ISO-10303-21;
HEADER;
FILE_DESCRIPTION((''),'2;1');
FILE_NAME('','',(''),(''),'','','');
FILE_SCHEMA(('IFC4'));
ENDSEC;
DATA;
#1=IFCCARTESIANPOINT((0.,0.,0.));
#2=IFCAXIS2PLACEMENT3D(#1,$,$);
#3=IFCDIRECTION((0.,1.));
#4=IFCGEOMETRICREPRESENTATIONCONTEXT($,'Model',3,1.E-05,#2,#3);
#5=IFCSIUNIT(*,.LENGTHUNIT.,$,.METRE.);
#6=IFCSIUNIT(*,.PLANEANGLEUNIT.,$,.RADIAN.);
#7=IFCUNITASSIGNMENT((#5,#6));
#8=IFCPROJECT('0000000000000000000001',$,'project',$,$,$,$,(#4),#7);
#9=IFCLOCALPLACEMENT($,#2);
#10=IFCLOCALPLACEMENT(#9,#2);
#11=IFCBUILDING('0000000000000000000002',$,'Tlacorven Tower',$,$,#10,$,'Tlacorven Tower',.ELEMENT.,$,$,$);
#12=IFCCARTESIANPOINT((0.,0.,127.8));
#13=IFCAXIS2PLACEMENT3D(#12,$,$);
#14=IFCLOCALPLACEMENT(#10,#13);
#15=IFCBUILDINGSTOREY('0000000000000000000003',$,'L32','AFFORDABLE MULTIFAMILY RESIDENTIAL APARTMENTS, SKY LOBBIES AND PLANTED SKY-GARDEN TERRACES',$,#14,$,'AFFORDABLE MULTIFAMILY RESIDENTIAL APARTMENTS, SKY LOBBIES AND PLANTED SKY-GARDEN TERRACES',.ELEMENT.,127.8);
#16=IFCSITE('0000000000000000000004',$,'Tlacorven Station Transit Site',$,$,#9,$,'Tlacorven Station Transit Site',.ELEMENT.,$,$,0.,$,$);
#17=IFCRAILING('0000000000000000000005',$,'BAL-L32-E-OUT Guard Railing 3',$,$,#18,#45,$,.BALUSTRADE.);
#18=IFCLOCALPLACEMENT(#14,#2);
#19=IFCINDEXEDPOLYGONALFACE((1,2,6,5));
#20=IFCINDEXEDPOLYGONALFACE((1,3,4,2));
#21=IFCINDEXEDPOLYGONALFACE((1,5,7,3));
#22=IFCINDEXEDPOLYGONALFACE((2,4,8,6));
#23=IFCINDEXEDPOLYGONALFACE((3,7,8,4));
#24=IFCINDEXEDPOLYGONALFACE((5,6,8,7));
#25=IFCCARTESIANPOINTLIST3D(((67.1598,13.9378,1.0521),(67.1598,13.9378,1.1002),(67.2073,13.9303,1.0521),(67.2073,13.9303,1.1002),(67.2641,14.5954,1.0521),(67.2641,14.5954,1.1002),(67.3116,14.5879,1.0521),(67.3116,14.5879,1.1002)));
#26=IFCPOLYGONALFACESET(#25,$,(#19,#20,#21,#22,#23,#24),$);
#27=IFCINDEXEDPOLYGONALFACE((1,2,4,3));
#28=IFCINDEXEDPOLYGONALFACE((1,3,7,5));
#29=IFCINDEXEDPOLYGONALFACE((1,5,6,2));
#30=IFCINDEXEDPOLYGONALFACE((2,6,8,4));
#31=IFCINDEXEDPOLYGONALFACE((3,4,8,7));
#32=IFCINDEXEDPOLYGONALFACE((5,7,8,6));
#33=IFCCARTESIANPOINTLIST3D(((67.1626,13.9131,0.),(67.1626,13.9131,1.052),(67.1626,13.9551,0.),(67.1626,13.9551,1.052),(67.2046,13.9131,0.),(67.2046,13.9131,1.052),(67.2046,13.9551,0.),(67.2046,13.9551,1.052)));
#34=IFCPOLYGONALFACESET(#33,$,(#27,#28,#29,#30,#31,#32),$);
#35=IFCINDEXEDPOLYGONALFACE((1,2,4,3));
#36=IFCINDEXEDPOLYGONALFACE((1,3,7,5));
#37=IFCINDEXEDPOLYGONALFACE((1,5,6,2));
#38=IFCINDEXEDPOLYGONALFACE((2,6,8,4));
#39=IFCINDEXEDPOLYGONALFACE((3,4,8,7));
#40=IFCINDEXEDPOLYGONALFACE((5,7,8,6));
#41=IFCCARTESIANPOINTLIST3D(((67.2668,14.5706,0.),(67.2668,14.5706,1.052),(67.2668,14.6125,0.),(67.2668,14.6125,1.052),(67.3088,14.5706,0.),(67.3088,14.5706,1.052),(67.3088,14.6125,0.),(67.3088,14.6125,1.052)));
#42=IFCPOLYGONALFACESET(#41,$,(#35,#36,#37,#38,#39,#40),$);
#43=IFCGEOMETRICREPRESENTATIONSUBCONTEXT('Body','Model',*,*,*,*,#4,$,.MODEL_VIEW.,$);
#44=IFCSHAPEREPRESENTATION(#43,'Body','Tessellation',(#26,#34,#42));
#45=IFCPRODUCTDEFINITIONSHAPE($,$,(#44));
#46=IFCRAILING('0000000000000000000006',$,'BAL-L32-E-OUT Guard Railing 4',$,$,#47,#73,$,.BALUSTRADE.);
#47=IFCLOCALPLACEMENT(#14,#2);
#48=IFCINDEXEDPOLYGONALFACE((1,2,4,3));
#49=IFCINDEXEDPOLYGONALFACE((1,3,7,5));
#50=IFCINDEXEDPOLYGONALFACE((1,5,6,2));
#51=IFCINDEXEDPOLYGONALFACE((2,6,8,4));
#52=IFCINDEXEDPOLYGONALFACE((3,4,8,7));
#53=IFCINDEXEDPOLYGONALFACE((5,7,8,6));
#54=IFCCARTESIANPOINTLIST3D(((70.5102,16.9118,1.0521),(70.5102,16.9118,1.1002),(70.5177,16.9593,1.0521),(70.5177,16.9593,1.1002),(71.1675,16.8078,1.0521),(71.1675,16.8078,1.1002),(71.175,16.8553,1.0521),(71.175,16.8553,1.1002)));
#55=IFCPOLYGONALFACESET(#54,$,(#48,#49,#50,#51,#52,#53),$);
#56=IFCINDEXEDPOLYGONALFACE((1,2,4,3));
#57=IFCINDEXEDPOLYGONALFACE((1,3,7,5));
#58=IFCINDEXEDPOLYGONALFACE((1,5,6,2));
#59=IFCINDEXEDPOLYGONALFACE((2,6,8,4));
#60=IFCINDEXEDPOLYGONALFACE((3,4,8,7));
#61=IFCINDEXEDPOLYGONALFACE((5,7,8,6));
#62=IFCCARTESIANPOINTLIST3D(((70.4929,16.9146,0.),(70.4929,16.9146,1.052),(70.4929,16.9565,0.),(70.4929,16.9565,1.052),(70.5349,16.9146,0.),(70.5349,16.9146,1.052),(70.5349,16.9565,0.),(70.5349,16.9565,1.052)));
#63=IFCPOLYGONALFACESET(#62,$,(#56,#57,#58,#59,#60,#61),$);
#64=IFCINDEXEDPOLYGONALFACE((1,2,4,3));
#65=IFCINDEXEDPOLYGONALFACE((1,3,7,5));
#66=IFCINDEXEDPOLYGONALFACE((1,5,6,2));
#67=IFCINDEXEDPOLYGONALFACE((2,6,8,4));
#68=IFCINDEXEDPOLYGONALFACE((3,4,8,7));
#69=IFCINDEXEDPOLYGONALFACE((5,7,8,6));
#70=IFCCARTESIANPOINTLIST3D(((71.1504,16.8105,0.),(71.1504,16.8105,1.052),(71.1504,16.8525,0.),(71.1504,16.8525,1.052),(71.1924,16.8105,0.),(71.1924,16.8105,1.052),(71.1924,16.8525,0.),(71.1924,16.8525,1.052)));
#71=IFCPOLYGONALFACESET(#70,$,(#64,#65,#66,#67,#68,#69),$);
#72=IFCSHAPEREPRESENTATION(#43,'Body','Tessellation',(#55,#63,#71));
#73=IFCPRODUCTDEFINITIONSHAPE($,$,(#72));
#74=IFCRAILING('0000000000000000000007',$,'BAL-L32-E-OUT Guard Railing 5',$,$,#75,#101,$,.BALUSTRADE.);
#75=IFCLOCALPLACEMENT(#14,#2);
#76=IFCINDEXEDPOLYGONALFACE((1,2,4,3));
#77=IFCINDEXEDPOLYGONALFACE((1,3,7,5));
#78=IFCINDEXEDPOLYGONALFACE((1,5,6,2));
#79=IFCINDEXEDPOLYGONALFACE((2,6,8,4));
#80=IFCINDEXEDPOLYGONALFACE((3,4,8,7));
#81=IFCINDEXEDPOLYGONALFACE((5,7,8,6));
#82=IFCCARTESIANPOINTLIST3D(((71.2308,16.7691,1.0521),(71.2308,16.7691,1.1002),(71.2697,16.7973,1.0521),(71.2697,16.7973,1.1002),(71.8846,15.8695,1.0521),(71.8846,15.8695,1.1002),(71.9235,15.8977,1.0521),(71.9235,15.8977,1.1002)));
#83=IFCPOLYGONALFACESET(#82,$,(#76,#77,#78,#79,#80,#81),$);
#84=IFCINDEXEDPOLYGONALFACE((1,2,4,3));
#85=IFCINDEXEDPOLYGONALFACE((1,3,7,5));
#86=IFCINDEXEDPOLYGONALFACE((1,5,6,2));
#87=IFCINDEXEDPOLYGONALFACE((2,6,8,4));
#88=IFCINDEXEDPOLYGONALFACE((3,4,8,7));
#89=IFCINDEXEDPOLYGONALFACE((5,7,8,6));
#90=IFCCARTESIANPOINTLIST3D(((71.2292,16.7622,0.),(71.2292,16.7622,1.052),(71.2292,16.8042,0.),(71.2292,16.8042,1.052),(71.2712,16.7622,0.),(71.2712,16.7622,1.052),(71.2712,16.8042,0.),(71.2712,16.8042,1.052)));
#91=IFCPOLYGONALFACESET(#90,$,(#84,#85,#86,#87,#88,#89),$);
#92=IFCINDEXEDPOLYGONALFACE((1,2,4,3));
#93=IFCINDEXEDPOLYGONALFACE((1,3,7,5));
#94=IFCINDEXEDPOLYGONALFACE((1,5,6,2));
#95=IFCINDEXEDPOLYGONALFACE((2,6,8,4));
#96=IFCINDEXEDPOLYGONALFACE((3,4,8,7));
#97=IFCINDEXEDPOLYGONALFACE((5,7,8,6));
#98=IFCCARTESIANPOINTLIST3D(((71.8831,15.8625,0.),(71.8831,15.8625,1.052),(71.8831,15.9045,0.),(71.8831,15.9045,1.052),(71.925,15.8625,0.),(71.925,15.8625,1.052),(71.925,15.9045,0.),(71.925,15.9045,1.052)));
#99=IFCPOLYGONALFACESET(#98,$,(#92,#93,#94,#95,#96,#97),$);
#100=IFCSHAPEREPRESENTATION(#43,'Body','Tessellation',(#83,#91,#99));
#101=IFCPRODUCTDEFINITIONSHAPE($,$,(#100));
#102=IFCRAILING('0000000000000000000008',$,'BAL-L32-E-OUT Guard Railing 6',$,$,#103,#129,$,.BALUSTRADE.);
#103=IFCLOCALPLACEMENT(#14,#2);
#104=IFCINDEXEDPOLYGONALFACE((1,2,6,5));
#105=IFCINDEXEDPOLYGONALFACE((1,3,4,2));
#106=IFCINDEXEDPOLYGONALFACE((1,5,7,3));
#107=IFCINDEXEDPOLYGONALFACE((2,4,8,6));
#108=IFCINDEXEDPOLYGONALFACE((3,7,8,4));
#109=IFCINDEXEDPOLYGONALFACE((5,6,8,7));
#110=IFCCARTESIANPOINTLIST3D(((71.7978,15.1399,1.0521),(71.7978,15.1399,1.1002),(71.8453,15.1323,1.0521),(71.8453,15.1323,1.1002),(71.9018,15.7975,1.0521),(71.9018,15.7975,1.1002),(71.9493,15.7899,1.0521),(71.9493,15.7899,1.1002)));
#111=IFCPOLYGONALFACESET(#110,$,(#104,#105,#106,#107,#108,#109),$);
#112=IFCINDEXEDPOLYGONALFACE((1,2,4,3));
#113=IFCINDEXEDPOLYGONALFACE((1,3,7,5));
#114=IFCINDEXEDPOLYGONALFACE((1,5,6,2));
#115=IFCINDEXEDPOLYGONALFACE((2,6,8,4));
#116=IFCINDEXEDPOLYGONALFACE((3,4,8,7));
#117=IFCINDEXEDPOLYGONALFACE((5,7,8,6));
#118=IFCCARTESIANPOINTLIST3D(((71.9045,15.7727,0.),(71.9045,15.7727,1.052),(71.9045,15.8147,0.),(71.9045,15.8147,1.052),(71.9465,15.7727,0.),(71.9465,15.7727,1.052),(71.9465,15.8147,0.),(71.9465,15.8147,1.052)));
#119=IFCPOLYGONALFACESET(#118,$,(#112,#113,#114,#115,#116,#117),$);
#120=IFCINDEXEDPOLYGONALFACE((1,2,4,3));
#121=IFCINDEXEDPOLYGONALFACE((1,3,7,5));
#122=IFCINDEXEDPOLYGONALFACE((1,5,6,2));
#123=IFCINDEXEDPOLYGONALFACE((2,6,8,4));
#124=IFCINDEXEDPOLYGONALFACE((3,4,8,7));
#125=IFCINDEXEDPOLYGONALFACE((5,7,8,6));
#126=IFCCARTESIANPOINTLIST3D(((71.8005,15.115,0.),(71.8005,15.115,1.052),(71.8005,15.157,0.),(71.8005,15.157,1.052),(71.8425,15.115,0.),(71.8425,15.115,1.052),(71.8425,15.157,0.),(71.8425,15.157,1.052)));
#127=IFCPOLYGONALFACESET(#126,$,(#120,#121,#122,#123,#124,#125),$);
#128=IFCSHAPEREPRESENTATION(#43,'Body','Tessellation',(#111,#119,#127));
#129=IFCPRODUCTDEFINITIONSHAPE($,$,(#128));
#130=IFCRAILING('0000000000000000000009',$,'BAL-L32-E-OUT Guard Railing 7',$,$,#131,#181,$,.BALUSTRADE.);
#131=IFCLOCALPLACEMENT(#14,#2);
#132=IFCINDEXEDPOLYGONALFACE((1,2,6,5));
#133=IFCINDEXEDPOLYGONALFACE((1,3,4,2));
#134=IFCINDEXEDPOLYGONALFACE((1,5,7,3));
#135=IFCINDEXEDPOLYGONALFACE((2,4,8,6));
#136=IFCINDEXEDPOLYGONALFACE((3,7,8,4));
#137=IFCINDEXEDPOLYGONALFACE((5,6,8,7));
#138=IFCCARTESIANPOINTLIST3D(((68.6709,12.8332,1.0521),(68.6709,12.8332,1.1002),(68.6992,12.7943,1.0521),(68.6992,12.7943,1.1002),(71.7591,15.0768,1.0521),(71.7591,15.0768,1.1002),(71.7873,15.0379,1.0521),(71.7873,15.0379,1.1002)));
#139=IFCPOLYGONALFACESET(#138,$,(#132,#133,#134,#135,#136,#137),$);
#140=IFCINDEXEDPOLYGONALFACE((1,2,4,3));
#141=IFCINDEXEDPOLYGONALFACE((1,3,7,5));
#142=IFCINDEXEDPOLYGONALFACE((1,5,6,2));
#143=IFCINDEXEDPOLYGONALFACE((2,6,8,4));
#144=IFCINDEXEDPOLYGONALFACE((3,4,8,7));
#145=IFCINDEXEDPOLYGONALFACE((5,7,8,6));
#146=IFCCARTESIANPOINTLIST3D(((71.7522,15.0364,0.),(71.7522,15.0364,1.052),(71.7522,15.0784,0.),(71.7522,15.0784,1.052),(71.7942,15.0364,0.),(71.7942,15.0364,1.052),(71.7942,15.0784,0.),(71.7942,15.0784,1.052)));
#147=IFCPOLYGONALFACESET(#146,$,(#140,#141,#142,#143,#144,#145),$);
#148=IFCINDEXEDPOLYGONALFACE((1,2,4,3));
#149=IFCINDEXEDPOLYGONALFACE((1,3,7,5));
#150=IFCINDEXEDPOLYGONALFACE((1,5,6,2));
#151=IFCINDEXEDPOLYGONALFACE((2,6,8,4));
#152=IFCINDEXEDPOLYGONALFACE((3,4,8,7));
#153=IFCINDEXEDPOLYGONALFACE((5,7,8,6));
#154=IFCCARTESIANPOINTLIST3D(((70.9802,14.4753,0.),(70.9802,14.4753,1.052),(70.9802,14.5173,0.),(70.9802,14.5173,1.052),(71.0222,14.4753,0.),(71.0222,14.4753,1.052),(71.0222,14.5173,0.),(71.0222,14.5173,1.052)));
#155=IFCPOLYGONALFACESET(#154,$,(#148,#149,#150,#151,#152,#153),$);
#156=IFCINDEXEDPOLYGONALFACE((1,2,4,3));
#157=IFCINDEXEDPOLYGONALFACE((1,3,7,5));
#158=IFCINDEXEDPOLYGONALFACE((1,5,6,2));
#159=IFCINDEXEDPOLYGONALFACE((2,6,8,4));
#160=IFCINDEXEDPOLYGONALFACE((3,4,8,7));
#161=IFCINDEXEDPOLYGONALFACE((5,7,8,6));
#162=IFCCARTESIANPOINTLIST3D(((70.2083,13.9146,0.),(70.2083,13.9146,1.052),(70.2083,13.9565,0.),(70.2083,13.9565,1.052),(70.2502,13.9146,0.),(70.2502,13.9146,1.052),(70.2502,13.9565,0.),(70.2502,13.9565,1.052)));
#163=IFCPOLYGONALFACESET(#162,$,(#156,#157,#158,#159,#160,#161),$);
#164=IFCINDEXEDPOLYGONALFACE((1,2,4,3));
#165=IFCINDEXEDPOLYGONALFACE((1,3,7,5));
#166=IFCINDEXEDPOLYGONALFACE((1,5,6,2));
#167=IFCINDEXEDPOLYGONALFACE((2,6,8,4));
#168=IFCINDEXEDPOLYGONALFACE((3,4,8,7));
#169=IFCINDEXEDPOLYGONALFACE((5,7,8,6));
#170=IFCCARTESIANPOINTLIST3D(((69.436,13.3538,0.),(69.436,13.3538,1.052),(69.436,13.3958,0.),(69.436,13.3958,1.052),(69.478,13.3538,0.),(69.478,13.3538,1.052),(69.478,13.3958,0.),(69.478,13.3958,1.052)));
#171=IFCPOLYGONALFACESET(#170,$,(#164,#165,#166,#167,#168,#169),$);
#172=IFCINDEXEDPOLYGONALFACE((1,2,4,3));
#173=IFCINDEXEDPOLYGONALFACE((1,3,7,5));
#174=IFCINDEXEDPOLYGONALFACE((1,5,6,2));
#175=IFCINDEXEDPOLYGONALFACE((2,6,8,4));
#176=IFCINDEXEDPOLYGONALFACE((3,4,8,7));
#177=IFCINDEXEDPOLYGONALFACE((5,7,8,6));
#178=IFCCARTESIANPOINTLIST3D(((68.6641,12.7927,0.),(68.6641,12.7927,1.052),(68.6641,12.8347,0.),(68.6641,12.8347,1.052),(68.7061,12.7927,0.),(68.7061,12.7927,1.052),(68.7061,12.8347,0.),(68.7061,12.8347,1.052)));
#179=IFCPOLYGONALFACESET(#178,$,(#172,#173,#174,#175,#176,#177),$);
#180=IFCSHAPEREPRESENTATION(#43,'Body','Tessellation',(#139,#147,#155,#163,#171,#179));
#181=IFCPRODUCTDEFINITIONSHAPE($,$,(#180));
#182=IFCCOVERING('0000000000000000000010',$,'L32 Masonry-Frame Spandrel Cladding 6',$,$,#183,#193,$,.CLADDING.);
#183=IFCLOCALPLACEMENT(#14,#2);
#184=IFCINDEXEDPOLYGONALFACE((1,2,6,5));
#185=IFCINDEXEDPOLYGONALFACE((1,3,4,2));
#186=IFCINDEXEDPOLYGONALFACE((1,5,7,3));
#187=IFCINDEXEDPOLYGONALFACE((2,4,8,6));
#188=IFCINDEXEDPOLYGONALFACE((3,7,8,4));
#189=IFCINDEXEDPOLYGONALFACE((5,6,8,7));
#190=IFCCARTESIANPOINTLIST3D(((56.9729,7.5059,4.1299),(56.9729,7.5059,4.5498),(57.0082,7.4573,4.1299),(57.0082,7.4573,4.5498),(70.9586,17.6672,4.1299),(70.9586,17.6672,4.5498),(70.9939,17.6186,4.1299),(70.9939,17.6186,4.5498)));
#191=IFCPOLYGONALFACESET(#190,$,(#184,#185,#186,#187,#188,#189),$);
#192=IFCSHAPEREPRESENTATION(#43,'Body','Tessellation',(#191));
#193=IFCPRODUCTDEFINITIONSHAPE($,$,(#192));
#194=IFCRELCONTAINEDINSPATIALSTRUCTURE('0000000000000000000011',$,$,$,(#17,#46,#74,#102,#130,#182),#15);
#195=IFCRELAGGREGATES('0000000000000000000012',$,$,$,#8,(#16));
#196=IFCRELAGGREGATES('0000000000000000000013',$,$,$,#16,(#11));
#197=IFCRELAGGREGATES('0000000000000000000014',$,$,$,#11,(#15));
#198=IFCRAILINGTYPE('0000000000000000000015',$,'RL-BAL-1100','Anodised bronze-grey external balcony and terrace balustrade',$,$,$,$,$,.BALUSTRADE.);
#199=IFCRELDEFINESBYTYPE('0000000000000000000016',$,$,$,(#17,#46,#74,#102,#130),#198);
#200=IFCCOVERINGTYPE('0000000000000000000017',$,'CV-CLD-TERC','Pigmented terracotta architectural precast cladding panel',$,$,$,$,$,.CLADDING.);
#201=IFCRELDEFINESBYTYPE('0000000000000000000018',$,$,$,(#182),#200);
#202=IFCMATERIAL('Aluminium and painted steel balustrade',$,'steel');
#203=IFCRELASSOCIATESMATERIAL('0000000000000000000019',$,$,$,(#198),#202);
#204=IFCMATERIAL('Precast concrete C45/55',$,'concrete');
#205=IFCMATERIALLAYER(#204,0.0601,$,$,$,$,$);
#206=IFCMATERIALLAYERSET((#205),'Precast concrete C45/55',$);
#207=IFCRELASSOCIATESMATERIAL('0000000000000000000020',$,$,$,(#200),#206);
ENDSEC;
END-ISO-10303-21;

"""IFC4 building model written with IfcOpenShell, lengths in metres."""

from ifc_helpers import new_model, si_unit, direction, frame, origin, origin_2d, place, context, subcontext, project, spatial, rectangle, extrude, source, transform, mapped, material, layer, layer_set, type_object, element, save


model = new_model("IFC4")

# Units and contexts
model_context = context("Model", 3, precision=1e-05, world=origin(), true_north=direction((0.0, 1.0)))
body_context = subcontext(model_context, "Body", "Model", "MODEL_VIEW")
ifc_project = project(units=[si_unit("LENGTHUNIT", "METRE"), si_unit("PLANEANGLEUNIT", "RADIAN")], contexts=[model_context])

# Site, building, storey
site_placement = place(None, origin())
site = spatial("IfcSite", under=ifc_project, at=site_placement, Name="Tlacorven Station Transit Site", LongName="Tlacorven Station Transit Site", CompositionType="ELEMENT", RefElevation=0.0)
building_placement = place(site_placement, origin())
building = spatial("IfcBuilding", under=site, at=building_placement, Name="Tlacorven Tower", LongName="Tlacorven Tower", CompositionType="ELEMENT")
storey_placement = place(building_placement, frame((0.0, 0.0, 127.8)))
storey = spatial("IfcBuildingStorey", under=building, at=storey_placement, Name="L32", Description="AFFORDABLE MULTIFAMILY RESIDENTIAL APARTMENTS, SKY LOBBIES AND PLANTED SKY-GARDEN TERRACES", LongName="AFFORDABLE MULTIFAMILY RESIDENTIAL APARTMENTS, SKY LOBBIES AND PLANTED SKY-GARDEN TERRACES", CompositionType="ELEMENT", Elevation=127.8)

# Shared definitions
ifc_material_1 = material(Name="Precast concrete C45/55", Category="concrete")

# Railings
ifc_material_2 = material(Name="Aluminium and painted steel balustrade", Category="steel")
railing_type = type_object("IfcRailingType", Name="RL-BAL-1100", Description="Anodised bronze-grey external balcony and terrace balustrade", PredefinedType="BALUSTRADE", material=ifc_material_2)
shared_shape_1 = source(origin(), body_context, "Body", "SweptSolid", [
    extrude(rectangle(XDim=0.0481, YDim=0.0481, at=origin_2d()), frame((0.0, 0.0, 1.0762), z_axis=(0.156603, 0.987662, 0.0), x_axis=(-0.987662, 0.156603, 0.0)), (0.0, 0.0, 1.0), 0.6658),
    extrude(rectangle(XDim=0.042, YDim=0.042, at=origin_2d()), origin(), (0.0, 0.0, 1.0), 1.052),
    extrude(rectangle(XDim=0.042, YDim=0.042, at=origin_2d()), frame((0.1042, 0.6575, 0.0)), (0.0, 0.0, 1.0), 1.052),
])
railing_1_placement = place(storey_placement, frame((67.1836, 13.9341, 0.0)))
element("IfcRailing", 1, at=railing_1_placement, inside=storey, type_object=railing_type, Name="BAL-L32-E-OUT Guard Railing 3", PredefinedType="BALUSTRADE", context=body_context, shape_type="MappedRepresentation", body=[
    mapped(shared_shape_1, transform((0.0, 0.0, 0.0), scale=1.0)),
])
shared_shape_2 = source(origin(), body_context, "Body", "SweptSolid", [
    extrude(rectangle(XDim=0.0481, YDim=0.0481, at=origin_2d()), frame((0.0, 0.0, 1.0762), z_axis=(0.987718, -0.156245, 0.0), x_axis=(0.156245, 0.987718, 0.0)), (0.0, 0.0, 1.0), 0.6655),
    extrude(rectangle(XDim=0.042, YDim=0.042, at=origin_2d()), origin(), (0.0, 0.0, 1.0), 1.052),
    extrude(rectangle(XDim=0.042, YDim=0.042, at=origin_2d()), frame((0.6575, -0.104, 0.0)), (0.0, 0.0, 1.0), 1.052),
])
railing_2_placement = place(storey_placement, frame((70.5139, 16.9355, 0.0)))
element("IfcRailing", 2, at=railing_2_placement, inside=storey, type_object=railing_type, Name="BAL-L32-E-OUT Guard Railing 4", PredefinedType="BALUSTRADE", context=body_context, shape_type="MappedRepresentation", body=[
    mapped(shared_shape_2, transform((0.0, 0.0, 0.0), scale=1.0)),
])
shared_shape_3 = source(origin(), body_context, "Body", "SweptSolid", [
    extrude(rectangle(XDim=0.0481, YDim=0.0481, at=origin_2d()), frame((0.0, 0.0, 1.0762), z_axis=(0.587884, -0.808945, 0.0), x_axis=(0.808945, 0.587884, 0.0)), (0.0, 0.0, 1.0), 1.1121),
    extrude(rectangle(XDim=0.042, YDim=0.042, at=origin_2d()), origin(), (0.0, 0.0, 1.0), 1.052),
    extrude(rectangle(XDim=0.042, YDim=0.042, at=origin_2d()), frame((0.6538, -0.8997, 0.0)), (0.0, 0.0, 1.0), 1.052),
])
railing_3_placement = place(storey_placement, frame((71.2502, 16.7832, 0.0)))
element("IfcRailing", 3, at=railing_3_placement, inside=storey, type_object=railing_type, Name="BAL-L32-E-OUT Guard Railing 5", PredefinedType="BALUSTRADE", context=body_context, shape_type="MappedRepresentation", body=[
    mapped(shared_shape_3, transform((0.0, 0.0, 0.0), scale=1.0)),
])
shared_shape_4 = source(origin(), body_context, "Body", "SweptSolid", [
    extrude(rectangle(XDim=0.0481, YDim=0.0481, at=origin_2d()), frame((0.0, 0.0, 1.0762), z_axis=(-0.156188, -0.987727, 0.0), x_axis=(0.987727, -0.156188, 0.0)), (0.0, 0.0, 1.0), 0.6658),
    extrude(rectangle(XDim=0.042, YDim=0.042, at=origin_2d()), origin(), (0.0, 0.0, 1.0), 1.052),
    extrude(rectangle(XDim=0.042, YDim=0.042, at=origin_2d()), frame((-0.104, -0.6577, 0.0)), (0.0, 0.0, 1.0), 1.052),
])
railing_4_placement = place(storey_placement, frame((71.9255, 15.7937, 0.0)))
element("IfcRailing", 4, at=railing_4_placement, inside=storey, type_object=railing_type, Name="BAL-L32-E-OUT Guard Railing 6", PredefinedType="BALUSTRADE", context=body_context, shape_type="MappedRepresentation", body=[
    mapped(shared_shape_4, transform((0.0, 0.0, 0.0), scale=1.0)),
])
shared_shape_5 = source(origin(), body_context, "Body", "SweptSolid", [
    extrude(rectangle(XDim=0.0481, YDim=0.0481, at=origin_2d()), frame((0.0, 0.0, 1.0762), z_axis=(-0.809018, -0.587784, 0.0), x_axis=(0.587784, -0.809018, 0.0)), (0.0, 0.0, 1.0), 3.8171),
    extrude(rectangle(XDim=0.042, YDim=0.042, at=origin_2d()), origin(), (0.0, 0.0, 1.0), 1.052),
    extrude(rectangle(XDim=0.042, YDim=0.042, at=origin_2d()), frame((-0.772, -0.561, 0.0)), (0.0, 0.0, 1.0), 1.052),
    extrude(rectangle(XDim=0.042, YDim=0.042, at=origin_2d()), frame((-1.5439, -1.1218, 0.0)), (0.0, 0.0, 1.0), 1.052),
    extrude(rectangle(XDim=0.042, YDim=0.042, at=origin_2d()), frame((-2.3162, -1.6826, 0.0)), (0.0, 0.0, 1.0), 1.052),
    extrude(rectangle(XDim=0.042, YDim=0.042, at=origin_2d()), frame((-3.0881, -2.2437, 0.0)), (0.0, 0.0, 1.0), 1.052),
])
railing_5_placement = place(storey_placement, frame((71.7732, 15.0574, 0.0)))
element("IfcRailing", 5, at=railing_5_placement, inside=storey, type_object=railing_type, Name="BAL-L32-E-OUT Guard Railing 7", PredefinedType="BALUSTRADE", context=body_context, shape_type="MappedRepresentation", body=[
    mapped(shared_shape_5, transform((0.0, 0.0, 0.0), scale=1.0)),
])

# Covering
ifc_layer_1 = layer(ifc_material_1, 0.0601)
ifc_layer_set_1 = layer_set([ifc_layer_1], Name="Precast concrete C45/55")
covering_type = type_object("IfcCoveringType", Name="CV-CLD-TERC", Description="Pigmented terracotta architectural precast cladding panel", PredefinedType="CLADDING", material=ifc_layer_set_1)
shared_shape_6 = source(origin(), body_context, "Body", "SweptSolid", [
    extrude(rectangle(XDim=17.2874, YDim=0.0601, at=origin_2d()), origin(), (0.0, 0.0, 1.0), 0.4199),
])
covering_placement = place(storey_placement, frame((63.9834, 12.5623, 4.1299), z_axis=(0.0, 0.0, 1.0), x_axis=(-0.809017, -0.587785, 0.0)))
element("IfcCovering", 6, at=covering_placement, inside=storey, type_object=covering_type, Name="L32 Masonry-Frame Spandrel Cladding 6", PredefinedType="CLADDING", context=body_context, shape_type="MappedRepresentation", body=[
    mapped(shared_shape_6, transform((0.0, 0.0, 0.0), scale=1.0)),
])

save(model, "model.ifc")
